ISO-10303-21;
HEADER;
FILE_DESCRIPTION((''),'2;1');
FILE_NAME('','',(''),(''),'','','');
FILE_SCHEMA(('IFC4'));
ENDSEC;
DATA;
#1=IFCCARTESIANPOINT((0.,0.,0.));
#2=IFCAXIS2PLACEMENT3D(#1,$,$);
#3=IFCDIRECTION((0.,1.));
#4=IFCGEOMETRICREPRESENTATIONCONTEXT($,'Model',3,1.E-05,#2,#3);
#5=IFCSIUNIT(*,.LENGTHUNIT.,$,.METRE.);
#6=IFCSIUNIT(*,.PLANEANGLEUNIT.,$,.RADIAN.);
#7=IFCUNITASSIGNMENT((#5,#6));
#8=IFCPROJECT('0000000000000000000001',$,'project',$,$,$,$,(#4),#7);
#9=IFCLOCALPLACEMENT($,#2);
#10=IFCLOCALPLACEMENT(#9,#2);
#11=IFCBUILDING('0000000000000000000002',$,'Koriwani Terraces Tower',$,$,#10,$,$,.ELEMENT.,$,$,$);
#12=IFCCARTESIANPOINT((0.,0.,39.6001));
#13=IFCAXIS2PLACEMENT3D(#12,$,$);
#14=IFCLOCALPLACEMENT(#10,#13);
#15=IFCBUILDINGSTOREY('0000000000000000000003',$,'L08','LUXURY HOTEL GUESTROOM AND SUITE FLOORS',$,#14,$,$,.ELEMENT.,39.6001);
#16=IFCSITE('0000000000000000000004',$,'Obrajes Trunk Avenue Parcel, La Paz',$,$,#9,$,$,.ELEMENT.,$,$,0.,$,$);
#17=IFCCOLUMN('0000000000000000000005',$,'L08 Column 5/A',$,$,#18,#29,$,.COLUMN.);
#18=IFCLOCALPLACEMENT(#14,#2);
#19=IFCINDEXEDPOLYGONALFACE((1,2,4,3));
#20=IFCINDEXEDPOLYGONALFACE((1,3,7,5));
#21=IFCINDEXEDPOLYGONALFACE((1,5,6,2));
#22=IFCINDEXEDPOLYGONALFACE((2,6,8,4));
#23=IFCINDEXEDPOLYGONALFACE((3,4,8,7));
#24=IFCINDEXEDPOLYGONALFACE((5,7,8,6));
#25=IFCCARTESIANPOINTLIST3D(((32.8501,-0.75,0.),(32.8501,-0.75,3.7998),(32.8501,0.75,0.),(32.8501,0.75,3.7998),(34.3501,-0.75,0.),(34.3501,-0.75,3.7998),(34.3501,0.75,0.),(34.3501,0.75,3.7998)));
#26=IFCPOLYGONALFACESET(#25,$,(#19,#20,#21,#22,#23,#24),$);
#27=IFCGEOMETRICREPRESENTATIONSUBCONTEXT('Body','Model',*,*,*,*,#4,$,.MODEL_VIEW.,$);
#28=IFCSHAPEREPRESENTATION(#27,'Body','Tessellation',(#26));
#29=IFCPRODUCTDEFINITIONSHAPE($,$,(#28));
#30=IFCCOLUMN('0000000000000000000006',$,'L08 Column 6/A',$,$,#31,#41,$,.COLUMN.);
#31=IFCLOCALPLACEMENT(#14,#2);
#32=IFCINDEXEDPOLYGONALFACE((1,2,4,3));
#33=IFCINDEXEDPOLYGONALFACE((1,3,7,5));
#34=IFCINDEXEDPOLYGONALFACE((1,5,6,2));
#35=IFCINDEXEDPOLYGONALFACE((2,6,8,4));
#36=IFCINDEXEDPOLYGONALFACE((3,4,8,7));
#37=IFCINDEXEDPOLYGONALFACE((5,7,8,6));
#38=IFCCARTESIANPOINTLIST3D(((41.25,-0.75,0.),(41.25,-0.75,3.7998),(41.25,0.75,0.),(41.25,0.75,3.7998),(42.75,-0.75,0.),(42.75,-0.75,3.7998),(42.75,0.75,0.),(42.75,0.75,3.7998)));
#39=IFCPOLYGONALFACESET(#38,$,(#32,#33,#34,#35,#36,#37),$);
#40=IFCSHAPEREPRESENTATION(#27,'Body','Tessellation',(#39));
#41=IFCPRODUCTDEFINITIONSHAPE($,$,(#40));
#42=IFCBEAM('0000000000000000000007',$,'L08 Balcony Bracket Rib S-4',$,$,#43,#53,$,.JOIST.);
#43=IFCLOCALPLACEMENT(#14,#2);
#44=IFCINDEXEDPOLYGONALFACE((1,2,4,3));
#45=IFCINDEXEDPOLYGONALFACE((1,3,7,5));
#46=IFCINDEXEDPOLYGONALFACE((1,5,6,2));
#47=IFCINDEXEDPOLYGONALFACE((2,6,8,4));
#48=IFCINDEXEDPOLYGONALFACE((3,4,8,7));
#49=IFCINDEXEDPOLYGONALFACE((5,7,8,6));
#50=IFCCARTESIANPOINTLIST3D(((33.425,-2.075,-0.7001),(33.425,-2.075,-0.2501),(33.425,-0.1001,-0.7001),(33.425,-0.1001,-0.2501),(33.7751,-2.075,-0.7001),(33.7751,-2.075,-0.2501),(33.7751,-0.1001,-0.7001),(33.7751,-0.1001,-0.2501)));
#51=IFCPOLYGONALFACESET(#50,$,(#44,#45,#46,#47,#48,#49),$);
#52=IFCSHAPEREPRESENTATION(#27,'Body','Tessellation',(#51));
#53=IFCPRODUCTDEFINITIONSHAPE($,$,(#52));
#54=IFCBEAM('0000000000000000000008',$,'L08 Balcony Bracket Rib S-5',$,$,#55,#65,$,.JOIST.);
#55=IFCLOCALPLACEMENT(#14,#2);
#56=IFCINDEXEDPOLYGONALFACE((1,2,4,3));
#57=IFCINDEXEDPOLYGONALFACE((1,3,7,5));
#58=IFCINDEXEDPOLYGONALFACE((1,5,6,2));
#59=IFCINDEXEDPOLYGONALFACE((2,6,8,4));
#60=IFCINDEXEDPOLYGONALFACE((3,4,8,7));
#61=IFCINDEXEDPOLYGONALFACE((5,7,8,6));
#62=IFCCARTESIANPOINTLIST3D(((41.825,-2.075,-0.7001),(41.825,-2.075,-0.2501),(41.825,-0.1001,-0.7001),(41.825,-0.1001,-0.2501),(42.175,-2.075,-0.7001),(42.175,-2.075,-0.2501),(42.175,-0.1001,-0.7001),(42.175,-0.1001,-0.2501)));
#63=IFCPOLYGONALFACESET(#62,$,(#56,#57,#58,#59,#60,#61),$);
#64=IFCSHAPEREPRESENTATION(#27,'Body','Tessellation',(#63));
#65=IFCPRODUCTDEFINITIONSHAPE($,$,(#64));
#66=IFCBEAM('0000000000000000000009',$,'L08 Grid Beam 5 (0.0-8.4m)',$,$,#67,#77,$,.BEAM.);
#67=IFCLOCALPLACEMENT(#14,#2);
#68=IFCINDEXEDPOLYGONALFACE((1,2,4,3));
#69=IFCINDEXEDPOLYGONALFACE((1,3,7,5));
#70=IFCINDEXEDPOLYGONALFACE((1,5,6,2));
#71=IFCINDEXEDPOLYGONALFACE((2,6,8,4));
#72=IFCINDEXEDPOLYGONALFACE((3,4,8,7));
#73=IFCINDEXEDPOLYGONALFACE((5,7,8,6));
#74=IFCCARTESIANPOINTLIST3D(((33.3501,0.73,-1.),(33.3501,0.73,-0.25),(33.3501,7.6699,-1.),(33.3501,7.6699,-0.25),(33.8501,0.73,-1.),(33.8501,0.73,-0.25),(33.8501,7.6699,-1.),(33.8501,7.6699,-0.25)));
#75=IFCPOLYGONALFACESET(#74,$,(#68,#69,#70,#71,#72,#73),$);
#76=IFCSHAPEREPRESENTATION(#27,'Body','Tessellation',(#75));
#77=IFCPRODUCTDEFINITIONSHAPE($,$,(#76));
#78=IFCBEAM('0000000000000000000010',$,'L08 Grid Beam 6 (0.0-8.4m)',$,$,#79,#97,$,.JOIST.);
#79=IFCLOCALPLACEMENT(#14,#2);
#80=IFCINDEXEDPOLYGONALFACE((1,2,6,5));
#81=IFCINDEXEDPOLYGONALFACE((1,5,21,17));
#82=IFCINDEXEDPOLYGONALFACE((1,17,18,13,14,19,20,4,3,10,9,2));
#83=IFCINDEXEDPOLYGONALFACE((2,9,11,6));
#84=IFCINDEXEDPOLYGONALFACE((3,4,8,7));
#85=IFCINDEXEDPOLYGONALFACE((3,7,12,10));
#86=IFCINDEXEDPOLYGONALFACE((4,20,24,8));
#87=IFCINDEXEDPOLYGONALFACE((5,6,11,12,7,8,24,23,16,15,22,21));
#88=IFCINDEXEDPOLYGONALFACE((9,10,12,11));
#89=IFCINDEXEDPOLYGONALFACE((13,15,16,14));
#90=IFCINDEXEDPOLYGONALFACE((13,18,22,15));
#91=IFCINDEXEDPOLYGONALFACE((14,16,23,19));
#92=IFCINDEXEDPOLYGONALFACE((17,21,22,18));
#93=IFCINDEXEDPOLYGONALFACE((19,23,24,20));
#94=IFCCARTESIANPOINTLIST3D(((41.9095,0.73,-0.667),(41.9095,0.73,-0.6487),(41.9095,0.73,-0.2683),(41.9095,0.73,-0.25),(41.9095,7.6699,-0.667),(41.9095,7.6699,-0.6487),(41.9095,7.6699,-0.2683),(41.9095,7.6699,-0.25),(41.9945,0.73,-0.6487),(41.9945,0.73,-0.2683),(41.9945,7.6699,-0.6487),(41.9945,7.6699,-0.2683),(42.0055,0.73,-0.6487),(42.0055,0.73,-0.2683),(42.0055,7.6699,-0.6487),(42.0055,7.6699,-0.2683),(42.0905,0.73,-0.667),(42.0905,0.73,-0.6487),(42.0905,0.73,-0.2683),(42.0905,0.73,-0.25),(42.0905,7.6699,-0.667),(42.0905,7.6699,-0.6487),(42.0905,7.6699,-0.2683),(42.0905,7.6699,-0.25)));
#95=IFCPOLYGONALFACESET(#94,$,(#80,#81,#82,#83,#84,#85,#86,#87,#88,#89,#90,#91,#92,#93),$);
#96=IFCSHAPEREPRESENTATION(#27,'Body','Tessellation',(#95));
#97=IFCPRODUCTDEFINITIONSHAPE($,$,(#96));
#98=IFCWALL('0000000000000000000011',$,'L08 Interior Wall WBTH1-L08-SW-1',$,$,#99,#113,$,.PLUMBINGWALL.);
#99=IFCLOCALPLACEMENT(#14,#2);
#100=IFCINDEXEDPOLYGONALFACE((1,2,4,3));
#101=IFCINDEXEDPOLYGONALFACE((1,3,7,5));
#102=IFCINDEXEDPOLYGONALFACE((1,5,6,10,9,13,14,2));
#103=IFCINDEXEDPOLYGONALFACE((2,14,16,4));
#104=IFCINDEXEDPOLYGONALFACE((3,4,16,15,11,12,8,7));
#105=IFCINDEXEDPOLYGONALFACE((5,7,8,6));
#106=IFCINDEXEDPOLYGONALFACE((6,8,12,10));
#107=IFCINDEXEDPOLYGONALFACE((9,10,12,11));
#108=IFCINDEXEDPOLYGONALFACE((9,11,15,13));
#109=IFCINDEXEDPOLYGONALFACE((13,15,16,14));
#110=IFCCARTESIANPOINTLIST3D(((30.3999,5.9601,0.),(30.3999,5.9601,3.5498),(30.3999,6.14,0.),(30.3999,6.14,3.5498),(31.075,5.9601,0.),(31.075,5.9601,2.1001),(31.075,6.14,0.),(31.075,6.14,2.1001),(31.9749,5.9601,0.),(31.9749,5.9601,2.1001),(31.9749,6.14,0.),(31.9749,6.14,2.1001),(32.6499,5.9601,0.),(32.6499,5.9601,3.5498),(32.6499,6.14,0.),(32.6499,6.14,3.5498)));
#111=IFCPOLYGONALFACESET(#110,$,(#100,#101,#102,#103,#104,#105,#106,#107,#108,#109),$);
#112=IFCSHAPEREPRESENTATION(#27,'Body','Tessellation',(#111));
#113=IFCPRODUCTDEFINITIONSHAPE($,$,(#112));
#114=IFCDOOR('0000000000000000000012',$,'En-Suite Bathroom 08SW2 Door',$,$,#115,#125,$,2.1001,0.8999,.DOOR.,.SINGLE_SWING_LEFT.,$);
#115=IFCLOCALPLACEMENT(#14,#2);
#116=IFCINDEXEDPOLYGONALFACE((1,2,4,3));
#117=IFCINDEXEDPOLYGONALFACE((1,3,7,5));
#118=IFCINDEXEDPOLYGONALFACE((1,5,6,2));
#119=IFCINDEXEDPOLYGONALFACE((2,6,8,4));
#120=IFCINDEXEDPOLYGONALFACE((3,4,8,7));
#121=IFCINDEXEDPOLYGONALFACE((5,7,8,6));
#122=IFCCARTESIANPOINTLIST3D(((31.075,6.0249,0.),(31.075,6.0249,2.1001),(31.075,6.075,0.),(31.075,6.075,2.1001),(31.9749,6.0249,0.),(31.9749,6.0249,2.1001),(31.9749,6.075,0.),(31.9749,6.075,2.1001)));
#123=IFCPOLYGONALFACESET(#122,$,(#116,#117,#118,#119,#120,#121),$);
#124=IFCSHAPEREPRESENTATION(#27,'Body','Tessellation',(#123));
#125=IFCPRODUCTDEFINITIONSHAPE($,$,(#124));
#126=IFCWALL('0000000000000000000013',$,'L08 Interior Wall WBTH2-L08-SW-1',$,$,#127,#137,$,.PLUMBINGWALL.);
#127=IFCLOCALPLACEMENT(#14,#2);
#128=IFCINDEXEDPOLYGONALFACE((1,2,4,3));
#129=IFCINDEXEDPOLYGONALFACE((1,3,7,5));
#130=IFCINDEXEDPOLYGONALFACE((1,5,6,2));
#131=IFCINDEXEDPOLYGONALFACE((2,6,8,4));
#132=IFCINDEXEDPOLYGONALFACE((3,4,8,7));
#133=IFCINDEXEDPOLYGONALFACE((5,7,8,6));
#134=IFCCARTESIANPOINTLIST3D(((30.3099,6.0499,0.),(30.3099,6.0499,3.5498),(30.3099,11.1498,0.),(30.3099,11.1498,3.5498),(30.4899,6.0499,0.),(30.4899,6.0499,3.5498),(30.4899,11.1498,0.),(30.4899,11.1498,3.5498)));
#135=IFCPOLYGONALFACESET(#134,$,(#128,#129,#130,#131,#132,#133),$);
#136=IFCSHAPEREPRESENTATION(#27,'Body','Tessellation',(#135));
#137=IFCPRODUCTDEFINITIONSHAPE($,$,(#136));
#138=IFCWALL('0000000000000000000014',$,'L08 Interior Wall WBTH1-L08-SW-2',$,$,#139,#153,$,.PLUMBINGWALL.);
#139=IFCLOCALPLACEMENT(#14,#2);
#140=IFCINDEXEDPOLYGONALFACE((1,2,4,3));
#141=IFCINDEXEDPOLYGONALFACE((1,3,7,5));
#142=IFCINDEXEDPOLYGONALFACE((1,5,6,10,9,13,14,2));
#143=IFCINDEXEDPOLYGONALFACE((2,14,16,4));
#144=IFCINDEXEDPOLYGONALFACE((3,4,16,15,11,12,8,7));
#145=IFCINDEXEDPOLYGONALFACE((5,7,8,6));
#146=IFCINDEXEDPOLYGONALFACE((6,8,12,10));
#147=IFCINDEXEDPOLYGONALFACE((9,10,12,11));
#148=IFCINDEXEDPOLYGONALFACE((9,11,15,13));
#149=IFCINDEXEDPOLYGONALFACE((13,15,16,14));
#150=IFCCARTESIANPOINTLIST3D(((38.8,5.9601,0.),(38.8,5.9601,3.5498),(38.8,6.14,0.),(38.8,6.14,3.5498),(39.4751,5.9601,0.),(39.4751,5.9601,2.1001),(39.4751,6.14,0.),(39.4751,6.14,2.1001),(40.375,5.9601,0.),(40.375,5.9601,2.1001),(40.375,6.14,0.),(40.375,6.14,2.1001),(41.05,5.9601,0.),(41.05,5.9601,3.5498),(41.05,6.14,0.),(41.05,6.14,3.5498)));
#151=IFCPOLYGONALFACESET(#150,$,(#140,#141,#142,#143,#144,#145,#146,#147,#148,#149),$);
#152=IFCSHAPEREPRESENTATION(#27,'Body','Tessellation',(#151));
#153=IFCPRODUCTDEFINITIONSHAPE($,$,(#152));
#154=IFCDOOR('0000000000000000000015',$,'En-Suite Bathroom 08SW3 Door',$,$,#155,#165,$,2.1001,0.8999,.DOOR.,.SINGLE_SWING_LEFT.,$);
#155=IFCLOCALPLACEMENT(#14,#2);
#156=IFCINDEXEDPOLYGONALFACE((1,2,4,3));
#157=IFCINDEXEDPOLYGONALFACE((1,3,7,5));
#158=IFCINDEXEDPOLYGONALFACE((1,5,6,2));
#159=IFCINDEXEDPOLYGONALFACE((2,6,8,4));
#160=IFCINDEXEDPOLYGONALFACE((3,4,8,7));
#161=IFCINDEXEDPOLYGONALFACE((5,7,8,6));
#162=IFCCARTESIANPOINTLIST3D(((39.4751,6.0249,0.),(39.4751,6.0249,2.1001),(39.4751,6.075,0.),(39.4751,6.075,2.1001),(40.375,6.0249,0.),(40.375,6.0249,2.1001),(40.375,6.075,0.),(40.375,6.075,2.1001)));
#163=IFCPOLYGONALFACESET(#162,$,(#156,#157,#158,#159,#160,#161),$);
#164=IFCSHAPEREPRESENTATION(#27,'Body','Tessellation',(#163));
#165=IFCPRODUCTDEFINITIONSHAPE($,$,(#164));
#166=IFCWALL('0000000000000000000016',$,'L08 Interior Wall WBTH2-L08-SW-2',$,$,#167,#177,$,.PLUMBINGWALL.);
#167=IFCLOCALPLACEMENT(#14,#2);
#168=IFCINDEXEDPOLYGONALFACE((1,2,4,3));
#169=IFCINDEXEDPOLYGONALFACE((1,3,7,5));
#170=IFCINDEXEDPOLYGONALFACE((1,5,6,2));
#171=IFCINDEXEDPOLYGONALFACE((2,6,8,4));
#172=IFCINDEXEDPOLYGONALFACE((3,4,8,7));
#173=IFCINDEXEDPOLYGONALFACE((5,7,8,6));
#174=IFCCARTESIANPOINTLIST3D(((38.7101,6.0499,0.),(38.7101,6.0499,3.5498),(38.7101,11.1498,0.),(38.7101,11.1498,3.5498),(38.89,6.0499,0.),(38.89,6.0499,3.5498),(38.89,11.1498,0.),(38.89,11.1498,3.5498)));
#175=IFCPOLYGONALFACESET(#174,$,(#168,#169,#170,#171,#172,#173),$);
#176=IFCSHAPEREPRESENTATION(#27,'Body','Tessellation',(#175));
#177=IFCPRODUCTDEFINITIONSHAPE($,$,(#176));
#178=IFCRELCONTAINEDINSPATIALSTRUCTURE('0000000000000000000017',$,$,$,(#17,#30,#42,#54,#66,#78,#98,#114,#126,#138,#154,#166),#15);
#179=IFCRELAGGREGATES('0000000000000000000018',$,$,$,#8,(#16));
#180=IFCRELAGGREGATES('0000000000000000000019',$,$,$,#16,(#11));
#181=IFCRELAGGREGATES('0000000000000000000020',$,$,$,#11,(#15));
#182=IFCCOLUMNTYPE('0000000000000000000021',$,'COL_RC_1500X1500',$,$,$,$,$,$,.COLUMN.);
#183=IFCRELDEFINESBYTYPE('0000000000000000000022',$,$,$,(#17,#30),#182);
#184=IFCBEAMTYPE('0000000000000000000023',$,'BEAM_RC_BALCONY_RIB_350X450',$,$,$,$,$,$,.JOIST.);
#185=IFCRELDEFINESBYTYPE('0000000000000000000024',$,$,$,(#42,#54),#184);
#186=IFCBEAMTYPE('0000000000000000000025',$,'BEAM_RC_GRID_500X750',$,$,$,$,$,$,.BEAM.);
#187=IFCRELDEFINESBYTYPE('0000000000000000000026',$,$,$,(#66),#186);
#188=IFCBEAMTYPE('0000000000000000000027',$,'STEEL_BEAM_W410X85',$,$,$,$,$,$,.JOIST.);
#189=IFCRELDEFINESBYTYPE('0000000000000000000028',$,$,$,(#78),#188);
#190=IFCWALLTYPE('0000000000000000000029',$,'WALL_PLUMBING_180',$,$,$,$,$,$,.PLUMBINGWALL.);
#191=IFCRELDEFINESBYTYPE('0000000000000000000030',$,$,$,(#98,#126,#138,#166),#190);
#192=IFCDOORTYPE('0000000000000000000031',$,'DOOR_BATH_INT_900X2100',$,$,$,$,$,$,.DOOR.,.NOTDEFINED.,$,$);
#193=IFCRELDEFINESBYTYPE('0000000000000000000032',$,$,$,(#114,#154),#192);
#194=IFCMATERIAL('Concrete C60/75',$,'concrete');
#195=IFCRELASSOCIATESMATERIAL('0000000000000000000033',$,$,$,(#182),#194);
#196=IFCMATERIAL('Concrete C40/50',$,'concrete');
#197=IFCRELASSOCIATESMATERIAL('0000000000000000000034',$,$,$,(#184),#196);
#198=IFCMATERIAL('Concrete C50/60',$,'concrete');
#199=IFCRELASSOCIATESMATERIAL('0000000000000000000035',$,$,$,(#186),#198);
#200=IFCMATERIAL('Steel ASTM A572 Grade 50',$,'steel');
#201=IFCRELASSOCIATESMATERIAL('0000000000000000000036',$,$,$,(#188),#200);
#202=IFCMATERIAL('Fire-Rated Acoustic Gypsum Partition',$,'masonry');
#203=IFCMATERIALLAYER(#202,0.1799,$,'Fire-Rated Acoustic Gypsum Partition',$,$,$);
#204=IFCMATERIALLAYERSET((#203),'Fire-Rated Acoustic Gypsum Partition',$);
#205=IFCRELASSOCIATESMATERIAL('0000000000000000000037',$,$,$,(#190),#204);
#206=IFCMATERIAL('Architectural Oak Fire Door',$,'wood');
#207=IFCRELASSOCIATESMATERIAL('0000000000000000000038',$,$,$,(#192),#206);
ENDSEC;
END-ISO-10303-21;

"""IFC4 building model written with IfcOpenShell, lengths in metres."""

from ifc_helpers import new_model, si_unit, direction, frame, frame_2d, origin, origin_2d, place, context, subcontext, project, spatial, rectangle, i_section, extrude, material, layer, layer_set, material_profile, profile_set, type_object, element, fill, save


model = new_model("IFC4")

# Units and contexts
model_context = context("Model", 3, precision=1e-05, world=origin(), true_north=direction((0.0, 1.0)))
body_context = subcontext(model_context, "Body", "Model", "MODEL_VIEW")
ifc_project = project(units=[si_unit("LENGTHUNIT", "METRE"), si_unit("PLANEANGLEUNIT", "RADIAN")], contexts=[model_context])

# Site, building, storey
site_placement = place(None, origin())
site = spatial("IfcSite", under=ifc_project, at=site_placement, Name="Obrajes Trunk Avenue Parcel, La Paz", CompositionType="ELEMENT", RefElevation=0.0)
building_placement = place(site_placement, origin())
building = spatial("IfcBuilding", under=site, at=building_placement, Name="Koriwani Terraces Tower", CompositionType="ELEMENT")
storey_placement = place(building_placement, frame((0.0, 0.0, 39.6001)))
storey = spatial("IfcBuildingStorey", under=building, at=storey_placement, Name="L08", Description="LUXURY HOTEL GUESTROOM AND SUITE FLOORS", CompositionType="ELEMENT", Elevation=39.6001)

# Columns
ifc_material_1 = material(Name="Concrete C60/75", Category="concrete")
ifc_material_profile_1 = material_profile(ifc_material_1, rectangle(XDim=1.5, YDim=1.5, at=origin_2d()), Name="Concrete C60/75", Category="LoadBearing")
ifc_profile_set_1 = profile_set([ifc_material_profile_1], Name="Concrete C60/75")
column_type = type_object("IfcColumnType", Name="COL_RC_1500X1500", PredefinedType="COLUMN", material=ifc_profile_set_1)
for number, where, z_axis, x_axis, name in (
    (1, (33.6001, 0.0, 0.0), (0.0, 0.0, 1.0), (1.0, 0.0, 0.0), "L08 Column 5/A"),
    (2, (42.0, 0.0, 0.0), (0.0, 0.0, 1.0), (1.0, 0.0, 0.0), "L08 Column 6/A"),
):
    element("IfcColumn", number, at=place(storey_placement, frame(where, z_axis=z_axis, x_axis=x_axis)), inside=storey, type_object=column_type, Name=name, PredefinedType="COLUMN", context=body_context, shape_type="SweptSolid", body=[
        extrude(rectangle(XDim=1.5, YDim=1.5, at=origin_2d()), origin(), (0.0, 0.0, 1.0), 3.7998),
    ])

# Beams
ifc_material_2 = material(Name="Concrete C40/50", Category="concrete")
ifc_material_profile_2 = material_profile(ifc_material_2, rectangle(XDim=0.3501, YDim=0.45, at=origin_2d()), Name="Concrete C40/50", Category="LoadBearing")
ifc_profile_set_2 = profile_set([ifc_material_profile_2], Name="Concrete C40/50")
beam_type_1 = type_object("IfcBeamType", Name="BEAM_RC_BALCONY_RIB_350X450", PredefinedType="JOIST", material=ifc_profile_set_2)
for number, where, z_axis, x_axis, name in (
    (3, (33.6001, -2.075, -0.4751), (0.0, 1.0, 0.0), (-1.0, 0.0, 0.0), "L08 Balcony Bracket Rib S-4"),
    (4, (42.0, -2.075, -0.4751), (0.0, 1.0, 0.0), (-1.0, 0.0, 0.0), "L08 Balcony Bracket Rib S-5"),
):
    element("IfcBeam", number, at=place(storey_placement, frame(where, z_axis=z_axis, x_axis=x_axis)), inside=storey, type_object=beam_type_1, Name=name, PredefinedType="JOIST", context=body_context, shape_type="SweptSolid", body=[
        extrude(rectangle(XDim=0.3501, YDim=0.45, at=origin_2d()), origin(), (0.0, 0.0, 1.0), 1.9749),
    ])
ifc_material_3 = material(Name="Concrete C50/60", Category="concrete")
ifc_material_profile_3 = material_profile(ifc_material_3, rectangle(XDim=0.5, YDim=0.75, at=origin_2d()), Name="Concrete C50/60", Category="LoadBearing")
ifc_profile_set_3 = profile_set([ifc_material_profile_3], Name="Concrete C50/60")
beam_type_2 = type_object("IfcBeamType", Name="BEAM_RC_GRID_500X750", PredefinedType="BEAM", material=ifc_profile_set_3)
beam_1_placement = place(storey_placement, frame((33.6001, 0.73, -0.625), z_axis=(0.0, 1.0, 0.0), x_axis=(-1.0, 0.0, 0.0)))
element("IfcBeam", 5, at=beam_1_placement, inside=storey, type_object=beam_type_2, Name="L08 Grid Beam 5 (0.0-8.4m)", PredefinedType="BEAM", context=body_context, shape_type="SweptSolid", body=[
    extrude(rectangle(XDim=0.5, YDim=0.75, at=origin_2d()), origin(), (0.0, 0.0, 1.0), 6.9399),
])
ifc_material_4 = material(Name="Steel ASTM A572 Grade 50", Category="steel")
ifc_material_profile_4 = material_profile(ifc_material_4, i_section(OverallWidth=0.1809, OverallDepth=0.417, WebThickness=0.011, FlangeThickness=0.0183, at=origin_2d()), Name="Steel ASTM A572 Grade 50", Category="LoadBearing")
ifc_profile_set_4 = profile_set([ifc_material_profile_4], Name="Steel ASTM A572 Grade 50")
beam_type_3 = type_object("IfcBeamType", Name="STEEL_BEAM_W410X85", PredefinedType="JOIST", material=ifc_profile_set_4)
beam_2_placement = place(storey_placement, frame((42.0, 0.73, -0.4585), z_axis=(0.0, 1.0, 0.0), x_axis=(-1.0, 0.0, 0.0)))
element("IfcBeam", 6, at=beam_2_placement, inside=storey, type_object=beam_type_3, Name="L08 Grid Beam 6 (0.0-8.4m)", PredefinedType="JOIST", context=body_context, shape_type="SweptSolid", body=[
    extrude(i_section(OverallWidth=0.1809, OverallDepth=0.417, WebThickness=0.011, FlangeThickness=0.0183, at=origin_2d()), origin(), (0.0, 0.0, 1.0), 6.9399),
])

# Wall, opening, door
ifc_material_5 = material(Name="Fire-Rated Acoustic Gypsum Partition", Category="masonry")
ifc_layer_1 = layer(ifc_material_5, 0.1799, Name="Fire-Rated Acoustic Gypsum Partition")
ifc_layer_set_1 = layer_set([ifc_layer_1], Name="Fire-Rated Acoustic Gypsum Partition")
wall_type_1 = type_object("IfcWallType", Name="WALL_PLUMBING_180", PredefinedType="PLUMBINGWALL", material=ifc_layer_set_1)
wall_1_placement = place(storey_placement, frame((30.3999, 6.05, 0.0), z_axis=(0.0, 0.0, 1.0), x_axis=(1.0, 0.0, 0.0)))
wall_1 = element("IfcWall", 7, at=wall_1_placement, inside=storey, type_object=wall_type_1, Name="L08 Interior Wall WBTH1-L08-SW-1", PredefinedType="PLUMBINGWALL", context=body_context, shape_type="SweptSolid", body=[
    extrude(rectangle(XDim=2.25, YDim=0.1799, at=frame_2d((1.125, 0.0))), origin(), (0.0, 0.0, 1.0), 3.5498),
])
opening_1_placement = place(wall_1_placement, frame((0.675, 0.0, 0.0)))
opening_1 = element("IfcOpeningElement", 8, at=opening_1_placement, cuts=wall_1, PredefinedType="OPENING", context=body_context, shape_type="SweptSolid", body=[
    extrude(rectangle(XDim=0.8999, YDim=2.1001, at=frame_2d((0.45, 1.05))), frame((0.0, 0.1001, 0.0), z_axis=(0.0, -1.0, 0.0), x_axis=(1.0, 0.0, 0.0)), (0.0, 0.0, 1.0), 0.2),
])
ifc_material_6 = material(Name="Architectural Oak Fire Door", Category="wood")
door_type = type_object("IfcDoorType", Name="DOOR_BATH_INT_900X2100", OperationType="NOTDEFINED", PredefinedType="DOOR", material=ifc_material_6)
door_1_placement = place(opening_1_placement, origin())
door_1 = element("IfcDoor", 9, at=door_1_placement, inside=storey, type_object=door_type, Name="En-Suite Bathroom 08SW2 Door", OperationType="SINGLE_SWING_LEFT", OverallHeight=2.1001, OverallWidth=0.8999, PredefinedType="DOOR", context=body_context, shape_type="SweptSolid", body=[
    extrude(rectangle(XDim=0.8999, YDim=2.1001, at=frame_2d((0.45, 1.05))), frame((0.0, 0.0249, 0.0), z_axis=(0.0, -1.0, 0.0), x_axis=(1.0, 0.0, 0.0)), (0.0, 0.0, 1.0), 0.05),
])
fill(opening_1, door_1)

# Wall
wall_2_placement = place(storey_placement, frame((30.3999, 6.05, 0.0), z_axis=(0.0, 0.0, 1.0), x_axis=(0.0, 1.0, 0.0)))
element("IfcWall", 10, at=wall_2_placement, inside=storey, type_object=wall_type_1, Name="L08 Interior Wall WBTH2-L08-SW-1", PredefinedType="PLUMBINGWALL", context=body_context, shape_type="SweptSolid", body=[
    extrude(rectangle(XDim=5.0999, YDim=0.1799, at=frame_2d((2.5498, 0.0))), origin(), (0.0, 0.0, 1.0), 3.5498),
])

# Wall, opening, door
wall_3_placement = place(storey_placement, frame((38.8, 6.05, 0.0), z_axis=(0.0, 0.0, 1.0), x_axis=(1.0, 0.0, 0.0)))
wall_3 = element("IfcWall", 11, at=wall_3_placement, inside=storey, type_object=wall_type_1, Name="L08 Interior Wall WBTH1-L08-SW-2", PredefinedType="PLUMBINGWALL", context=body_context, shape_type="SweptSolid", body=[
    extrude(rectangle(XDim=2.25, YDim=0.1799, at=frame_2d((1.125, 0.0))), origin(), (0.0, 0.0, 1.0), 3.5498),
])
opening_2_placement = place(wall_3_placement, frame((0.675, 0.0, 0.0)))
opening_2 = element("IfcOpeningElement", 12, at=opening_2_placement, cuts=wall_3, PredefinedType="OPENING", context=body_context, shape_type="SweptSolid", body=[
    extrude(rectangle(XDim=0.8999, YDim=2.1001, at=frame_2d((0.45, 1.05))), frame((0.0, 0.1001, 0.0), z_axis=(0.0, -1.0, 0.0), x_axis=(1.0, 0.0, 0.0)), (0.0, 0.0, 1.0), 0.2),
])
door_2_placement = place(opening_2_placement, origin())
door_2 = element("IfcDoor", 13, at=door_2_placement, inside=storey, type_object=door_type, Name="En-Suite Bathroom 08SW3 Door", OperationType="SINGLE_SWING_LEFT", OverallHeight=2.1001, OverallWidth=0.8999, PredefinedType="DOOR", context=body_context, shape_type="SweptSolid", body=[
    extrude(rectangle(XDim=0.8999, YDim=2.1001, at=frame_2d((0.45, 1.05))), frame((0.0, 0.0249, 0.0), z_axis=(0.0, -1.0, 0.0), x_axis=(1.0, 0.0, 0.0)), (0.0, 0.0, 1.0), 0.05),
])
fill(opening_2, door_2)

# Wall
wall_4_placement = place(storey_placement, frame((38.8, 6.05, 0.0), z_axis=(0.0, 0.0, 1.0), x_axis=(0.0, 1.0, 0.0)))
element("IfcWall", 14, at=wall_4_placement, inside=storey, type_object=wall_type_1, Name="L08 Interior Wall WBTH2-L08-SW-2", PredefinedType="PLUMBINGWALL", context=body_context, shape_type="SweptSolid", body=[
    extrude(rectangle(XDim=5.0999, YDim=0.1799, at=frame_2d((2.5498, 0.0))), origin(), (0.0, 0.0, 1.0), 3.5498),
])

save(model, "model.ifc")
